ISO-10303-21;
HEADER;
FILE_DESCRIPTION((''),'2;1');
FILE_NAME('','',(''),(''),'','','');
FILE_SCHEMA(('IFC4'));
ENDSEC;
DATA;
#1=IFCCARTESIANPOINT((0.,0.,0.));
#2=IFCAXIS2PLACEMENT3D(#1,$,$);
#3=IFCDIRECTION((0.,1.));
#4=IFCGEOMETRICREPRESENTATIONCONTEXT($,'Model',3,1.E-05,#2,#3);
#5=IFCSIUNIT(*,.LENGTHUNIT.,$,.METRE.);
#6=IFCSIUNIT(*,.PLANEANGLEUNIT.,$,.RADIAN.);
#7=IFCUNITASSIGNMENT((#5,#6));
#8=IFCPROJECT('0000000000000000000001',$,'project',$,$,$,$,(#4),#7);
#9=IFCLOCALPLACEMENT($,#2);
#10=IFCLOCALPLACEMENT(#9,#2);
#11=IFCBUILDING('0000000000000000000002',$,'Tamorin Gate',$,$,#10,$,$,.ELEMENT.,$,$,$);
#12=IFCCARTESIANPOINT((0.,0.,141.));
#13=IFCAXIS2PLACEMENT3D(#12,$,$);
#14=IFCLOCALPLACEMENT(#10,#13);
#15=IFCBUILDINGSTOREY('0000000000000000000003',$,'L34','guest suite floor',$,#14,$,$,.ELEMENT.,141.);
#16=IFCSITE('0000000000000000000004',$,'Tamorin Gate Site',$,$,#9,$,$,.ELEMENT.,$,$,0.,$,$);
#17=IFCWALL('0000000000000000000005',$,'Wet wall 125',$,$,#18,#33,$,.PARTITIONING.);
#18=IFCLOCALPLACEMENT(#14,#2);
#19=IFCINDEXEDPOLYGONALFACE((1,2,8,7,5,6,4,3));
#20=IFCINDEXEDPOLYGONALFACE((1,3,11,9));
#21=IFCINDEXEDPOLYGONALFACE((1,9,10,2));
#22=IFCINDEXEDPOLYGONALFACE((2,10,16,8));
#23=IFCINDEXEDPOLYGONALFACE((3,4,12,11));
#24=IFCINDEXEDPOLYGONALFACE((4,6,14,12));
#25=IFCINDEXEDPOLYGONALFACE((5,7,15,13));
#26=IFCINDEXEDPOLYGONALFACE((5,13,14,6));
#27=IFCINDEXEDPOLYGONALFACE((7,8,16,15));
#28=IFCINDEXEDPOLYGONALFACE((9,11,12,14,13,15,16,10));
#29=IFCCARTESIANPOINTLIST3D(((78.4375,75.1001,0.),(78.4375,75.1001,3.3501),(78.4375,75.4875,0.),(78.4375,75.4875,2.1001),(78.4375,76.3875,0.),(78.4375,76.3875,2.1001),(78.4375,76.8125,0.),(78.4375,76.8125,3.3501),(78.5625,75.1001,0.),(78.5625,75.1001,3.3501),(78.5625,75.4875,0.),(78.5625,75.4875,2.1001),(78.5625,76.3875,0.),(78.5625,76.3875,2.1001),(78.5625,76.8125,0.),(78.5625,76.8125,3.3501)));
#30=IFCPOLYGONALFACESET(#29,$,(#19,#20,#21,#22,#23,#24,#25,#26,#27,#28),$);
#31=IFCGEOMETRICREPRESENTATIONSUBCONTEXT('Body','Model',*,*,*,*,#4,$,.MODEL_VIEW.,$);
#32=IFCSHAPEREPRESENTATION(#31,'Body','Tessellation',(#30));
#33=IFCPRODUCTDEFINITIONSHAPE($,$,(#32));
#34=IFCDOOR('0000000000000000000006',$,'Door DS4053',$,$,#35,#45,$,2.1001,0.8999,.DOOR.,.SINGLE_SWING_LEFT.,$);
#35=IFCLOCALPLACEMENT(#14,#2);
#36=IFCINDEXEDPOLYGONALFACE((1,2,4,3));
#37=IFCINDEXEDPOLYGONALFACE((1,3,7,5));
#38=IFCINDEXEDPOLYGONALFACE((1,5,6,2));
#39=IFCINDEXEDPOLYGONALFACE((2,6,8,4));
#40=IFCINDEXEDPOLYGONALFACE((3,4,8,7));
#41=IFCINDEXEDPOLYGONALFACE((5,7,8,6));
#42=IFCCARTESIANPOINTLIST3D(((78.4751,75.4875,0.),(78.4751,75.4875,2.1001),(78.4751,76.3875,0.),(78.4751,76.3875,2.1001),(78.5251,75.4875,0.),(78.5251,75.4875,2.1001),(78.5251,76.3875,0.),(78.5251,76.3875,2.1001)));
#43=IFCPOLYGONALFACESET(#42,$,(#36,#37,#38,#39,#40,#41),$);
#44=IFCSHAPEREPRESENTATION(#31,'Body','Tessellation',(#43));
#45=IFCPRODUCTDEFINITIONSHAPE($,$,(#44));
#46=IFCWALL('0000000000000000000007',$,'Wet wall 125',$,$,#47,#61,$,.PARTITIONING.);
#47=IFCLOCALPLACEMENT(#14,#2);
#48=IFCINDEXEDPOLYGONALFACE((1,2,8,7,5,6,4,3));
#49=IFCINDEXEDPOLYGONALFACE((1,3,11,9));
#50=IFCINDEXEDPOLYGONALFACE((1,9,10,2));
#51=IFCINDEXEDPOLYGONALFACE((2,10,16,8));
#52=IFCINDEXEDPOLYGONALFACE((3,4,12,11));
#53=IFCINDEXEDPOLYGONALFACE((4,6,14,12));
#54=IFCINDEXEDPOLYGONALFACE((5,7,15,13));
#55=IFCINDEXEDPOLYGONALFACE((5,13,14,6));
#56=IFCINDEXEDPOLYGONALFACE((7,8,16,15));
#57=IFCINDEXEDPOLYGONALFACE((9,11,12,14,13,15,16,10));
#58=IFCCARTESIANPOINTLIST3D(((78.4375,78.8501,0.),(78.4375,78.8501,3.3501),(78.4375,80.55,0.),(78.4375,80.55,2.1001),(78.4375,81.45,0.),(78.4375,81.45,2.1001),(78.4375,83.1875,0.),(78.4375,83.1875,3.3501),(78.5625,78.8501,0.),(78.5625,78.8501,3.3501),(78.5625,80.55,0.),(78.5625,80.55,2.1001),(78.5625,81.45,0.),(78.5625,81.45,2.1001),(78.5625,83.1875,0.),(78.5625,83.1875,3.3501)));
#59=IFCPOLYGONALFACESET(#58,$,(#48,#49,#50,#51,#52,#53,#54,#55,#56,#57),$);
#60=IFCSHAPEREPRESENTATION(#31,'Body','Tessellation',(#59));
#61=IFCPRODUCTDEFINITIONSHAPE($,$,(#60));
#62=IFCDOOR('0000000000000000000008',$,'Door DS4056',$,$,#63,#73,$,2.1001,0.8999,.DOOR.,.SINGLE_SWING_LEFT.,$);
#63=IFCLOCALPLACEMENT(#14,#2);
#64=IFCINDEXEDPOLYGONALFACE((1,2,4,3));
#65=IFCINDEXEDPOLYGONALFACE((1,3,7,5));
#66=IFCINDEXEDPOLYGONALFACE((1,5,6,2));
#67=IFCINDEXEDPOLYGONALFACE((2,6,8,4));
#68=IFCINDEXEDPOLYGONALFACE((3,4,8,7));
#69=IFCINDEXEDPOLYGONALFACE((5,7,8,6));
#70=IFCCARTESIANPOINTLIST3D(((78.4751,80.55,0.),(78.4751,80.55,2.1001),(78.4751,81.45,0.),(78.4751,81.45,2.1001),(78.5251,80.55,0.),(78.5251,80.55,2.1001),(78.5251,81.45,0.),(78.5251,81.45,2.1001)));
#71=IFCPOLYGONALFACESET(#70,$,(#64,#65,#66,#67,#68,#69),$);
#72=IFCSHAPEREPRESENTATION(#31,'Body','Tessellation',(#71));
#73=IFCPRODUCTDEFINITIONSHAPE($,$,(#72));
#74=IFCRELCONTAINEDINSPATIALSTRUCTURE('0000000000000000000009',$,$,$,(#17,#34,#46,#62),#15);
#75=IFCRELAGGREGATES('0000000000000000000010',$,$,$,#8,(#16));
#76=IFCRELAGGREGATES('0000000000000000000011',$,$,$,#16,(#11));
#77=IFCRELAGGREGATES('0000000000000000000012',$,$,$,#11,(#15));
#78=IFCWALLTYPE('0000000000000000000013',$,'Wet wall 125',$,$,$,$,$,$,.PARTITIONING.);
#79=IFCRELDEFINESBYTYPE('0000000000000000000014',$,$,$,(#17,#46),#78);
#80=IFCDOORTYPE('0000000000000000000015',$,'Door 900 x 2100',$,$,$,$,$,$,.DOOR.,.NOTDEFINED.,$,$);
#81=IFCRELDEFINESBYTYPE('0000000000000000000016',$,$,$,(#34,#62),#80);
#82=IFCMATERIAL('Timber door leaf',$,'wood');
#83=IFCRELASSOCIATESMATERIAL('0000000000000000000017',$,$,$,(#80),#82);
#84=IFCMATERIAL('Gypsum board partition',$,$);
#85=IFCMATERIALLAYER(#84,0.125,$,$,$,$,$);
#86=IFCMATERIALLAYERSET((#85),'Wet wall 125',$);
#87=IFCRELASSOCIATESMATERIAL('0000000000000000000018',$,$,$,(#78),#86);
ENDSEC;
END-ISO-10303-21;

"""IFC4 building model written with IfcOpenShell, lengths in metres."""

from ifc_helpers import new_model, si_unit, direction, frame, frame_2d, origin, place, context, subcontext, project, spatial, rectangle, extrude, material, layer, layer_set, type_object, element, fill, save


model = new_model("IFC4")

# Units and contexts
model_context = context("Model", 3, precision=1e-05, world=origin(), true_north=direction((0.0, 1.0)))
body_context = subcontext(model_context, "Body", "Model", "MODEL_VIEW")
ifc_project = project(units=[si_unit("LENGTHUNIT", "METRE"), si_unit("PLANEANGLEUNIT", "RADIAN")], contexts=[model_context])

# Site, building, storey
site_placement = place(None, origin())
site = spatial("IfcSite", under=ifc_project, at=site_placement, Name="Tamorin Gate Site", CompositionType="ELEMENT", RefElevation=0.0)
building_placement = place(site_placement, origin())
building = spatial("IfcBuilding", under=site, at=building_placement, Name="Tamorin Gate", CompositionType="ELEMENT")
storey_placement = place(building_placement, frame((0.0, 0.0, 141.0)))
storey = spatial("IfcBuildingStorey", under=building, at=storey_placement, Name="L34", Description="guest suite floor", CompositionType="ELEMENT", Elevation=141.0)

# Shared definitions
ifc_material_1 = material(Name="Gypsum board partition")

# Shared definitions
ifc_material_2 = material(Name="Timber door leaf", Category="wood")
door_type = type_object("IfcDoorType", Name="Door 900 x 2100", OperationType="NOTDEFINED", PredefinedType="DOOR", material=ifc_material_2)

# Shared definitions
ifc_layer_1 = layer(ifc_material_1, 0.125)
ifc_layer_set_1 = layer_set([ifc_layer_1], Name="Wet wall 125")
wall_type_1 = type_object("IfcWallType", Name="Wet wall 125", PredefinedType="PARTITIONING", material=ifc_layer_set_1)

# Walls, openings, doors
wall_1_placement = place(storey_placement, frame((78.5, 75.1001, 0.0), z_axis=(0.0, 0.0, 1.0), x_axis=(0.0, 1.0, 0.0)))
wall_1 = element("IfcWall", 1, at=wall_1_placement, inside=storey, type_object=wall_type_1, Name="Wet wall 125", PredefinedType="PARTITIONING", context=body_context, shape_type="SweptSolid", body=[
    extrude(rectangle(XDim=1.7124, YDim=0.125, at=frame_2d((0.8562, 0.0))), origin(), (0.0, 0.0, 1.0), 3.3501),
])
opening_1_placement = place(wall_1_placement, frame((0.3875, 0.0, 0.0)))
opening_1 = element("IfcOpeningElement", 2, at=opening_1_placement, cuts=wall_1, PredefinedType="OPENING", context=body_context, shape_type="SweptSolid", body=[
    extrude(rectangle(XDim=0.8999, YDim=2.1001, at=frame_2d((0.45, 1.05))), frame((0.0, 0.0725, 0.0), z_axis=(0.0, -1.0, 0.0), x_axis=(1.0, 0.0, 0.0)), (0.0, 0.0, 1.0), 0.145),
])
door_1_placement = place(opening_1_placement, origin())
door_1 = element("IfcDoor", 3, at=door_1_placement, inside=storey, type_object=door_type, Name="Door DS4053", OperationType="SINGLE_SWING_LEFT", OverallHeight=2.1001, OverallWidth=0.8999, PredefinedType="DOOR", context=body_context, shape_type="SweptSolid", body=[
    extrude(rectangle(XDim=0.8999, YDim=2.1001, at=frame_2d((0.45, 1.05))), frame((0.0, 0.0249, 0.0), z_axis=(0.0, -1.0, 0.0), x_axis=(1.0, 0.0, 0.0)), (0.0, 0.0, 1.0), 0.05),
])
fill(opening_1, door_1)
wall_2_placement = place(storey_placement, frame((78.5, 78.8501, 0.0), z_axis=(0.0, 0.0, 1.0), x_axis=(0.0, 1.0, 0.0)))
wall_2 = element("IfcWall", 4, at=wall_2_placement, inside=storey, type_object=wall_type_1, Name="Wet wall 125", PredefinedType="PARTITIONING", context=body_context, shape_type="SweptSolid", body=[
    extrude(rectangle(XDim=4.3374, YDim=0.125, at=frame_2d((2.1687, 0.0))), origin(), (0.0, 0.0, 1.0), 3.3501),
])
opening_2_placement = place(wall_2_placement, frame((1.7, 0.0, 0.0)))
opening_2 = element("IfcOpeningElement", 5, at=opening_2_placement, cuts=wall_2, PredefinedType="OPENING", context=body_context, shape_type="SweptSolid", body=[
    extrude(rectangle(XDim=0.8999, YDim=2.1001, at=frame_2d((0.45, 1.05))), frame((0.0, 0.0725, 0.0), z_axis=(0.0, -1.0, 0.0), x_axis=(1.0, 0.0, 0.0)), (0.0, 0.0, 1.0), 0.145),
])
door_2_placement = place(opening_2_placement, origin())
door_2 = element("IfcDoor", 6, at=door_2_placement, inside=storey, type_object=door_type, Name="Door DS4056", OperationType="SINGLE_SWING_LEFT", OverallHeight=2.1001, OverallWidth=0.8999, PredefinedType="DOOR", context=body_context, shape_type="SweptSolid", body=[
    extrude(rectangle(XDim=0.8999, YDim=2.1001, at=frame_2d((0.45, 1.05))), frame((0.0, 0.0249, 0.0), z_axis=(0.0, -1.0, 0.0), x_axis=(1.0, 0.0, 0.0)), (0.0, 0.0, 1.0), 0.05),
])
fill(opening_2, door_2)

save(model, "model.ifc")
